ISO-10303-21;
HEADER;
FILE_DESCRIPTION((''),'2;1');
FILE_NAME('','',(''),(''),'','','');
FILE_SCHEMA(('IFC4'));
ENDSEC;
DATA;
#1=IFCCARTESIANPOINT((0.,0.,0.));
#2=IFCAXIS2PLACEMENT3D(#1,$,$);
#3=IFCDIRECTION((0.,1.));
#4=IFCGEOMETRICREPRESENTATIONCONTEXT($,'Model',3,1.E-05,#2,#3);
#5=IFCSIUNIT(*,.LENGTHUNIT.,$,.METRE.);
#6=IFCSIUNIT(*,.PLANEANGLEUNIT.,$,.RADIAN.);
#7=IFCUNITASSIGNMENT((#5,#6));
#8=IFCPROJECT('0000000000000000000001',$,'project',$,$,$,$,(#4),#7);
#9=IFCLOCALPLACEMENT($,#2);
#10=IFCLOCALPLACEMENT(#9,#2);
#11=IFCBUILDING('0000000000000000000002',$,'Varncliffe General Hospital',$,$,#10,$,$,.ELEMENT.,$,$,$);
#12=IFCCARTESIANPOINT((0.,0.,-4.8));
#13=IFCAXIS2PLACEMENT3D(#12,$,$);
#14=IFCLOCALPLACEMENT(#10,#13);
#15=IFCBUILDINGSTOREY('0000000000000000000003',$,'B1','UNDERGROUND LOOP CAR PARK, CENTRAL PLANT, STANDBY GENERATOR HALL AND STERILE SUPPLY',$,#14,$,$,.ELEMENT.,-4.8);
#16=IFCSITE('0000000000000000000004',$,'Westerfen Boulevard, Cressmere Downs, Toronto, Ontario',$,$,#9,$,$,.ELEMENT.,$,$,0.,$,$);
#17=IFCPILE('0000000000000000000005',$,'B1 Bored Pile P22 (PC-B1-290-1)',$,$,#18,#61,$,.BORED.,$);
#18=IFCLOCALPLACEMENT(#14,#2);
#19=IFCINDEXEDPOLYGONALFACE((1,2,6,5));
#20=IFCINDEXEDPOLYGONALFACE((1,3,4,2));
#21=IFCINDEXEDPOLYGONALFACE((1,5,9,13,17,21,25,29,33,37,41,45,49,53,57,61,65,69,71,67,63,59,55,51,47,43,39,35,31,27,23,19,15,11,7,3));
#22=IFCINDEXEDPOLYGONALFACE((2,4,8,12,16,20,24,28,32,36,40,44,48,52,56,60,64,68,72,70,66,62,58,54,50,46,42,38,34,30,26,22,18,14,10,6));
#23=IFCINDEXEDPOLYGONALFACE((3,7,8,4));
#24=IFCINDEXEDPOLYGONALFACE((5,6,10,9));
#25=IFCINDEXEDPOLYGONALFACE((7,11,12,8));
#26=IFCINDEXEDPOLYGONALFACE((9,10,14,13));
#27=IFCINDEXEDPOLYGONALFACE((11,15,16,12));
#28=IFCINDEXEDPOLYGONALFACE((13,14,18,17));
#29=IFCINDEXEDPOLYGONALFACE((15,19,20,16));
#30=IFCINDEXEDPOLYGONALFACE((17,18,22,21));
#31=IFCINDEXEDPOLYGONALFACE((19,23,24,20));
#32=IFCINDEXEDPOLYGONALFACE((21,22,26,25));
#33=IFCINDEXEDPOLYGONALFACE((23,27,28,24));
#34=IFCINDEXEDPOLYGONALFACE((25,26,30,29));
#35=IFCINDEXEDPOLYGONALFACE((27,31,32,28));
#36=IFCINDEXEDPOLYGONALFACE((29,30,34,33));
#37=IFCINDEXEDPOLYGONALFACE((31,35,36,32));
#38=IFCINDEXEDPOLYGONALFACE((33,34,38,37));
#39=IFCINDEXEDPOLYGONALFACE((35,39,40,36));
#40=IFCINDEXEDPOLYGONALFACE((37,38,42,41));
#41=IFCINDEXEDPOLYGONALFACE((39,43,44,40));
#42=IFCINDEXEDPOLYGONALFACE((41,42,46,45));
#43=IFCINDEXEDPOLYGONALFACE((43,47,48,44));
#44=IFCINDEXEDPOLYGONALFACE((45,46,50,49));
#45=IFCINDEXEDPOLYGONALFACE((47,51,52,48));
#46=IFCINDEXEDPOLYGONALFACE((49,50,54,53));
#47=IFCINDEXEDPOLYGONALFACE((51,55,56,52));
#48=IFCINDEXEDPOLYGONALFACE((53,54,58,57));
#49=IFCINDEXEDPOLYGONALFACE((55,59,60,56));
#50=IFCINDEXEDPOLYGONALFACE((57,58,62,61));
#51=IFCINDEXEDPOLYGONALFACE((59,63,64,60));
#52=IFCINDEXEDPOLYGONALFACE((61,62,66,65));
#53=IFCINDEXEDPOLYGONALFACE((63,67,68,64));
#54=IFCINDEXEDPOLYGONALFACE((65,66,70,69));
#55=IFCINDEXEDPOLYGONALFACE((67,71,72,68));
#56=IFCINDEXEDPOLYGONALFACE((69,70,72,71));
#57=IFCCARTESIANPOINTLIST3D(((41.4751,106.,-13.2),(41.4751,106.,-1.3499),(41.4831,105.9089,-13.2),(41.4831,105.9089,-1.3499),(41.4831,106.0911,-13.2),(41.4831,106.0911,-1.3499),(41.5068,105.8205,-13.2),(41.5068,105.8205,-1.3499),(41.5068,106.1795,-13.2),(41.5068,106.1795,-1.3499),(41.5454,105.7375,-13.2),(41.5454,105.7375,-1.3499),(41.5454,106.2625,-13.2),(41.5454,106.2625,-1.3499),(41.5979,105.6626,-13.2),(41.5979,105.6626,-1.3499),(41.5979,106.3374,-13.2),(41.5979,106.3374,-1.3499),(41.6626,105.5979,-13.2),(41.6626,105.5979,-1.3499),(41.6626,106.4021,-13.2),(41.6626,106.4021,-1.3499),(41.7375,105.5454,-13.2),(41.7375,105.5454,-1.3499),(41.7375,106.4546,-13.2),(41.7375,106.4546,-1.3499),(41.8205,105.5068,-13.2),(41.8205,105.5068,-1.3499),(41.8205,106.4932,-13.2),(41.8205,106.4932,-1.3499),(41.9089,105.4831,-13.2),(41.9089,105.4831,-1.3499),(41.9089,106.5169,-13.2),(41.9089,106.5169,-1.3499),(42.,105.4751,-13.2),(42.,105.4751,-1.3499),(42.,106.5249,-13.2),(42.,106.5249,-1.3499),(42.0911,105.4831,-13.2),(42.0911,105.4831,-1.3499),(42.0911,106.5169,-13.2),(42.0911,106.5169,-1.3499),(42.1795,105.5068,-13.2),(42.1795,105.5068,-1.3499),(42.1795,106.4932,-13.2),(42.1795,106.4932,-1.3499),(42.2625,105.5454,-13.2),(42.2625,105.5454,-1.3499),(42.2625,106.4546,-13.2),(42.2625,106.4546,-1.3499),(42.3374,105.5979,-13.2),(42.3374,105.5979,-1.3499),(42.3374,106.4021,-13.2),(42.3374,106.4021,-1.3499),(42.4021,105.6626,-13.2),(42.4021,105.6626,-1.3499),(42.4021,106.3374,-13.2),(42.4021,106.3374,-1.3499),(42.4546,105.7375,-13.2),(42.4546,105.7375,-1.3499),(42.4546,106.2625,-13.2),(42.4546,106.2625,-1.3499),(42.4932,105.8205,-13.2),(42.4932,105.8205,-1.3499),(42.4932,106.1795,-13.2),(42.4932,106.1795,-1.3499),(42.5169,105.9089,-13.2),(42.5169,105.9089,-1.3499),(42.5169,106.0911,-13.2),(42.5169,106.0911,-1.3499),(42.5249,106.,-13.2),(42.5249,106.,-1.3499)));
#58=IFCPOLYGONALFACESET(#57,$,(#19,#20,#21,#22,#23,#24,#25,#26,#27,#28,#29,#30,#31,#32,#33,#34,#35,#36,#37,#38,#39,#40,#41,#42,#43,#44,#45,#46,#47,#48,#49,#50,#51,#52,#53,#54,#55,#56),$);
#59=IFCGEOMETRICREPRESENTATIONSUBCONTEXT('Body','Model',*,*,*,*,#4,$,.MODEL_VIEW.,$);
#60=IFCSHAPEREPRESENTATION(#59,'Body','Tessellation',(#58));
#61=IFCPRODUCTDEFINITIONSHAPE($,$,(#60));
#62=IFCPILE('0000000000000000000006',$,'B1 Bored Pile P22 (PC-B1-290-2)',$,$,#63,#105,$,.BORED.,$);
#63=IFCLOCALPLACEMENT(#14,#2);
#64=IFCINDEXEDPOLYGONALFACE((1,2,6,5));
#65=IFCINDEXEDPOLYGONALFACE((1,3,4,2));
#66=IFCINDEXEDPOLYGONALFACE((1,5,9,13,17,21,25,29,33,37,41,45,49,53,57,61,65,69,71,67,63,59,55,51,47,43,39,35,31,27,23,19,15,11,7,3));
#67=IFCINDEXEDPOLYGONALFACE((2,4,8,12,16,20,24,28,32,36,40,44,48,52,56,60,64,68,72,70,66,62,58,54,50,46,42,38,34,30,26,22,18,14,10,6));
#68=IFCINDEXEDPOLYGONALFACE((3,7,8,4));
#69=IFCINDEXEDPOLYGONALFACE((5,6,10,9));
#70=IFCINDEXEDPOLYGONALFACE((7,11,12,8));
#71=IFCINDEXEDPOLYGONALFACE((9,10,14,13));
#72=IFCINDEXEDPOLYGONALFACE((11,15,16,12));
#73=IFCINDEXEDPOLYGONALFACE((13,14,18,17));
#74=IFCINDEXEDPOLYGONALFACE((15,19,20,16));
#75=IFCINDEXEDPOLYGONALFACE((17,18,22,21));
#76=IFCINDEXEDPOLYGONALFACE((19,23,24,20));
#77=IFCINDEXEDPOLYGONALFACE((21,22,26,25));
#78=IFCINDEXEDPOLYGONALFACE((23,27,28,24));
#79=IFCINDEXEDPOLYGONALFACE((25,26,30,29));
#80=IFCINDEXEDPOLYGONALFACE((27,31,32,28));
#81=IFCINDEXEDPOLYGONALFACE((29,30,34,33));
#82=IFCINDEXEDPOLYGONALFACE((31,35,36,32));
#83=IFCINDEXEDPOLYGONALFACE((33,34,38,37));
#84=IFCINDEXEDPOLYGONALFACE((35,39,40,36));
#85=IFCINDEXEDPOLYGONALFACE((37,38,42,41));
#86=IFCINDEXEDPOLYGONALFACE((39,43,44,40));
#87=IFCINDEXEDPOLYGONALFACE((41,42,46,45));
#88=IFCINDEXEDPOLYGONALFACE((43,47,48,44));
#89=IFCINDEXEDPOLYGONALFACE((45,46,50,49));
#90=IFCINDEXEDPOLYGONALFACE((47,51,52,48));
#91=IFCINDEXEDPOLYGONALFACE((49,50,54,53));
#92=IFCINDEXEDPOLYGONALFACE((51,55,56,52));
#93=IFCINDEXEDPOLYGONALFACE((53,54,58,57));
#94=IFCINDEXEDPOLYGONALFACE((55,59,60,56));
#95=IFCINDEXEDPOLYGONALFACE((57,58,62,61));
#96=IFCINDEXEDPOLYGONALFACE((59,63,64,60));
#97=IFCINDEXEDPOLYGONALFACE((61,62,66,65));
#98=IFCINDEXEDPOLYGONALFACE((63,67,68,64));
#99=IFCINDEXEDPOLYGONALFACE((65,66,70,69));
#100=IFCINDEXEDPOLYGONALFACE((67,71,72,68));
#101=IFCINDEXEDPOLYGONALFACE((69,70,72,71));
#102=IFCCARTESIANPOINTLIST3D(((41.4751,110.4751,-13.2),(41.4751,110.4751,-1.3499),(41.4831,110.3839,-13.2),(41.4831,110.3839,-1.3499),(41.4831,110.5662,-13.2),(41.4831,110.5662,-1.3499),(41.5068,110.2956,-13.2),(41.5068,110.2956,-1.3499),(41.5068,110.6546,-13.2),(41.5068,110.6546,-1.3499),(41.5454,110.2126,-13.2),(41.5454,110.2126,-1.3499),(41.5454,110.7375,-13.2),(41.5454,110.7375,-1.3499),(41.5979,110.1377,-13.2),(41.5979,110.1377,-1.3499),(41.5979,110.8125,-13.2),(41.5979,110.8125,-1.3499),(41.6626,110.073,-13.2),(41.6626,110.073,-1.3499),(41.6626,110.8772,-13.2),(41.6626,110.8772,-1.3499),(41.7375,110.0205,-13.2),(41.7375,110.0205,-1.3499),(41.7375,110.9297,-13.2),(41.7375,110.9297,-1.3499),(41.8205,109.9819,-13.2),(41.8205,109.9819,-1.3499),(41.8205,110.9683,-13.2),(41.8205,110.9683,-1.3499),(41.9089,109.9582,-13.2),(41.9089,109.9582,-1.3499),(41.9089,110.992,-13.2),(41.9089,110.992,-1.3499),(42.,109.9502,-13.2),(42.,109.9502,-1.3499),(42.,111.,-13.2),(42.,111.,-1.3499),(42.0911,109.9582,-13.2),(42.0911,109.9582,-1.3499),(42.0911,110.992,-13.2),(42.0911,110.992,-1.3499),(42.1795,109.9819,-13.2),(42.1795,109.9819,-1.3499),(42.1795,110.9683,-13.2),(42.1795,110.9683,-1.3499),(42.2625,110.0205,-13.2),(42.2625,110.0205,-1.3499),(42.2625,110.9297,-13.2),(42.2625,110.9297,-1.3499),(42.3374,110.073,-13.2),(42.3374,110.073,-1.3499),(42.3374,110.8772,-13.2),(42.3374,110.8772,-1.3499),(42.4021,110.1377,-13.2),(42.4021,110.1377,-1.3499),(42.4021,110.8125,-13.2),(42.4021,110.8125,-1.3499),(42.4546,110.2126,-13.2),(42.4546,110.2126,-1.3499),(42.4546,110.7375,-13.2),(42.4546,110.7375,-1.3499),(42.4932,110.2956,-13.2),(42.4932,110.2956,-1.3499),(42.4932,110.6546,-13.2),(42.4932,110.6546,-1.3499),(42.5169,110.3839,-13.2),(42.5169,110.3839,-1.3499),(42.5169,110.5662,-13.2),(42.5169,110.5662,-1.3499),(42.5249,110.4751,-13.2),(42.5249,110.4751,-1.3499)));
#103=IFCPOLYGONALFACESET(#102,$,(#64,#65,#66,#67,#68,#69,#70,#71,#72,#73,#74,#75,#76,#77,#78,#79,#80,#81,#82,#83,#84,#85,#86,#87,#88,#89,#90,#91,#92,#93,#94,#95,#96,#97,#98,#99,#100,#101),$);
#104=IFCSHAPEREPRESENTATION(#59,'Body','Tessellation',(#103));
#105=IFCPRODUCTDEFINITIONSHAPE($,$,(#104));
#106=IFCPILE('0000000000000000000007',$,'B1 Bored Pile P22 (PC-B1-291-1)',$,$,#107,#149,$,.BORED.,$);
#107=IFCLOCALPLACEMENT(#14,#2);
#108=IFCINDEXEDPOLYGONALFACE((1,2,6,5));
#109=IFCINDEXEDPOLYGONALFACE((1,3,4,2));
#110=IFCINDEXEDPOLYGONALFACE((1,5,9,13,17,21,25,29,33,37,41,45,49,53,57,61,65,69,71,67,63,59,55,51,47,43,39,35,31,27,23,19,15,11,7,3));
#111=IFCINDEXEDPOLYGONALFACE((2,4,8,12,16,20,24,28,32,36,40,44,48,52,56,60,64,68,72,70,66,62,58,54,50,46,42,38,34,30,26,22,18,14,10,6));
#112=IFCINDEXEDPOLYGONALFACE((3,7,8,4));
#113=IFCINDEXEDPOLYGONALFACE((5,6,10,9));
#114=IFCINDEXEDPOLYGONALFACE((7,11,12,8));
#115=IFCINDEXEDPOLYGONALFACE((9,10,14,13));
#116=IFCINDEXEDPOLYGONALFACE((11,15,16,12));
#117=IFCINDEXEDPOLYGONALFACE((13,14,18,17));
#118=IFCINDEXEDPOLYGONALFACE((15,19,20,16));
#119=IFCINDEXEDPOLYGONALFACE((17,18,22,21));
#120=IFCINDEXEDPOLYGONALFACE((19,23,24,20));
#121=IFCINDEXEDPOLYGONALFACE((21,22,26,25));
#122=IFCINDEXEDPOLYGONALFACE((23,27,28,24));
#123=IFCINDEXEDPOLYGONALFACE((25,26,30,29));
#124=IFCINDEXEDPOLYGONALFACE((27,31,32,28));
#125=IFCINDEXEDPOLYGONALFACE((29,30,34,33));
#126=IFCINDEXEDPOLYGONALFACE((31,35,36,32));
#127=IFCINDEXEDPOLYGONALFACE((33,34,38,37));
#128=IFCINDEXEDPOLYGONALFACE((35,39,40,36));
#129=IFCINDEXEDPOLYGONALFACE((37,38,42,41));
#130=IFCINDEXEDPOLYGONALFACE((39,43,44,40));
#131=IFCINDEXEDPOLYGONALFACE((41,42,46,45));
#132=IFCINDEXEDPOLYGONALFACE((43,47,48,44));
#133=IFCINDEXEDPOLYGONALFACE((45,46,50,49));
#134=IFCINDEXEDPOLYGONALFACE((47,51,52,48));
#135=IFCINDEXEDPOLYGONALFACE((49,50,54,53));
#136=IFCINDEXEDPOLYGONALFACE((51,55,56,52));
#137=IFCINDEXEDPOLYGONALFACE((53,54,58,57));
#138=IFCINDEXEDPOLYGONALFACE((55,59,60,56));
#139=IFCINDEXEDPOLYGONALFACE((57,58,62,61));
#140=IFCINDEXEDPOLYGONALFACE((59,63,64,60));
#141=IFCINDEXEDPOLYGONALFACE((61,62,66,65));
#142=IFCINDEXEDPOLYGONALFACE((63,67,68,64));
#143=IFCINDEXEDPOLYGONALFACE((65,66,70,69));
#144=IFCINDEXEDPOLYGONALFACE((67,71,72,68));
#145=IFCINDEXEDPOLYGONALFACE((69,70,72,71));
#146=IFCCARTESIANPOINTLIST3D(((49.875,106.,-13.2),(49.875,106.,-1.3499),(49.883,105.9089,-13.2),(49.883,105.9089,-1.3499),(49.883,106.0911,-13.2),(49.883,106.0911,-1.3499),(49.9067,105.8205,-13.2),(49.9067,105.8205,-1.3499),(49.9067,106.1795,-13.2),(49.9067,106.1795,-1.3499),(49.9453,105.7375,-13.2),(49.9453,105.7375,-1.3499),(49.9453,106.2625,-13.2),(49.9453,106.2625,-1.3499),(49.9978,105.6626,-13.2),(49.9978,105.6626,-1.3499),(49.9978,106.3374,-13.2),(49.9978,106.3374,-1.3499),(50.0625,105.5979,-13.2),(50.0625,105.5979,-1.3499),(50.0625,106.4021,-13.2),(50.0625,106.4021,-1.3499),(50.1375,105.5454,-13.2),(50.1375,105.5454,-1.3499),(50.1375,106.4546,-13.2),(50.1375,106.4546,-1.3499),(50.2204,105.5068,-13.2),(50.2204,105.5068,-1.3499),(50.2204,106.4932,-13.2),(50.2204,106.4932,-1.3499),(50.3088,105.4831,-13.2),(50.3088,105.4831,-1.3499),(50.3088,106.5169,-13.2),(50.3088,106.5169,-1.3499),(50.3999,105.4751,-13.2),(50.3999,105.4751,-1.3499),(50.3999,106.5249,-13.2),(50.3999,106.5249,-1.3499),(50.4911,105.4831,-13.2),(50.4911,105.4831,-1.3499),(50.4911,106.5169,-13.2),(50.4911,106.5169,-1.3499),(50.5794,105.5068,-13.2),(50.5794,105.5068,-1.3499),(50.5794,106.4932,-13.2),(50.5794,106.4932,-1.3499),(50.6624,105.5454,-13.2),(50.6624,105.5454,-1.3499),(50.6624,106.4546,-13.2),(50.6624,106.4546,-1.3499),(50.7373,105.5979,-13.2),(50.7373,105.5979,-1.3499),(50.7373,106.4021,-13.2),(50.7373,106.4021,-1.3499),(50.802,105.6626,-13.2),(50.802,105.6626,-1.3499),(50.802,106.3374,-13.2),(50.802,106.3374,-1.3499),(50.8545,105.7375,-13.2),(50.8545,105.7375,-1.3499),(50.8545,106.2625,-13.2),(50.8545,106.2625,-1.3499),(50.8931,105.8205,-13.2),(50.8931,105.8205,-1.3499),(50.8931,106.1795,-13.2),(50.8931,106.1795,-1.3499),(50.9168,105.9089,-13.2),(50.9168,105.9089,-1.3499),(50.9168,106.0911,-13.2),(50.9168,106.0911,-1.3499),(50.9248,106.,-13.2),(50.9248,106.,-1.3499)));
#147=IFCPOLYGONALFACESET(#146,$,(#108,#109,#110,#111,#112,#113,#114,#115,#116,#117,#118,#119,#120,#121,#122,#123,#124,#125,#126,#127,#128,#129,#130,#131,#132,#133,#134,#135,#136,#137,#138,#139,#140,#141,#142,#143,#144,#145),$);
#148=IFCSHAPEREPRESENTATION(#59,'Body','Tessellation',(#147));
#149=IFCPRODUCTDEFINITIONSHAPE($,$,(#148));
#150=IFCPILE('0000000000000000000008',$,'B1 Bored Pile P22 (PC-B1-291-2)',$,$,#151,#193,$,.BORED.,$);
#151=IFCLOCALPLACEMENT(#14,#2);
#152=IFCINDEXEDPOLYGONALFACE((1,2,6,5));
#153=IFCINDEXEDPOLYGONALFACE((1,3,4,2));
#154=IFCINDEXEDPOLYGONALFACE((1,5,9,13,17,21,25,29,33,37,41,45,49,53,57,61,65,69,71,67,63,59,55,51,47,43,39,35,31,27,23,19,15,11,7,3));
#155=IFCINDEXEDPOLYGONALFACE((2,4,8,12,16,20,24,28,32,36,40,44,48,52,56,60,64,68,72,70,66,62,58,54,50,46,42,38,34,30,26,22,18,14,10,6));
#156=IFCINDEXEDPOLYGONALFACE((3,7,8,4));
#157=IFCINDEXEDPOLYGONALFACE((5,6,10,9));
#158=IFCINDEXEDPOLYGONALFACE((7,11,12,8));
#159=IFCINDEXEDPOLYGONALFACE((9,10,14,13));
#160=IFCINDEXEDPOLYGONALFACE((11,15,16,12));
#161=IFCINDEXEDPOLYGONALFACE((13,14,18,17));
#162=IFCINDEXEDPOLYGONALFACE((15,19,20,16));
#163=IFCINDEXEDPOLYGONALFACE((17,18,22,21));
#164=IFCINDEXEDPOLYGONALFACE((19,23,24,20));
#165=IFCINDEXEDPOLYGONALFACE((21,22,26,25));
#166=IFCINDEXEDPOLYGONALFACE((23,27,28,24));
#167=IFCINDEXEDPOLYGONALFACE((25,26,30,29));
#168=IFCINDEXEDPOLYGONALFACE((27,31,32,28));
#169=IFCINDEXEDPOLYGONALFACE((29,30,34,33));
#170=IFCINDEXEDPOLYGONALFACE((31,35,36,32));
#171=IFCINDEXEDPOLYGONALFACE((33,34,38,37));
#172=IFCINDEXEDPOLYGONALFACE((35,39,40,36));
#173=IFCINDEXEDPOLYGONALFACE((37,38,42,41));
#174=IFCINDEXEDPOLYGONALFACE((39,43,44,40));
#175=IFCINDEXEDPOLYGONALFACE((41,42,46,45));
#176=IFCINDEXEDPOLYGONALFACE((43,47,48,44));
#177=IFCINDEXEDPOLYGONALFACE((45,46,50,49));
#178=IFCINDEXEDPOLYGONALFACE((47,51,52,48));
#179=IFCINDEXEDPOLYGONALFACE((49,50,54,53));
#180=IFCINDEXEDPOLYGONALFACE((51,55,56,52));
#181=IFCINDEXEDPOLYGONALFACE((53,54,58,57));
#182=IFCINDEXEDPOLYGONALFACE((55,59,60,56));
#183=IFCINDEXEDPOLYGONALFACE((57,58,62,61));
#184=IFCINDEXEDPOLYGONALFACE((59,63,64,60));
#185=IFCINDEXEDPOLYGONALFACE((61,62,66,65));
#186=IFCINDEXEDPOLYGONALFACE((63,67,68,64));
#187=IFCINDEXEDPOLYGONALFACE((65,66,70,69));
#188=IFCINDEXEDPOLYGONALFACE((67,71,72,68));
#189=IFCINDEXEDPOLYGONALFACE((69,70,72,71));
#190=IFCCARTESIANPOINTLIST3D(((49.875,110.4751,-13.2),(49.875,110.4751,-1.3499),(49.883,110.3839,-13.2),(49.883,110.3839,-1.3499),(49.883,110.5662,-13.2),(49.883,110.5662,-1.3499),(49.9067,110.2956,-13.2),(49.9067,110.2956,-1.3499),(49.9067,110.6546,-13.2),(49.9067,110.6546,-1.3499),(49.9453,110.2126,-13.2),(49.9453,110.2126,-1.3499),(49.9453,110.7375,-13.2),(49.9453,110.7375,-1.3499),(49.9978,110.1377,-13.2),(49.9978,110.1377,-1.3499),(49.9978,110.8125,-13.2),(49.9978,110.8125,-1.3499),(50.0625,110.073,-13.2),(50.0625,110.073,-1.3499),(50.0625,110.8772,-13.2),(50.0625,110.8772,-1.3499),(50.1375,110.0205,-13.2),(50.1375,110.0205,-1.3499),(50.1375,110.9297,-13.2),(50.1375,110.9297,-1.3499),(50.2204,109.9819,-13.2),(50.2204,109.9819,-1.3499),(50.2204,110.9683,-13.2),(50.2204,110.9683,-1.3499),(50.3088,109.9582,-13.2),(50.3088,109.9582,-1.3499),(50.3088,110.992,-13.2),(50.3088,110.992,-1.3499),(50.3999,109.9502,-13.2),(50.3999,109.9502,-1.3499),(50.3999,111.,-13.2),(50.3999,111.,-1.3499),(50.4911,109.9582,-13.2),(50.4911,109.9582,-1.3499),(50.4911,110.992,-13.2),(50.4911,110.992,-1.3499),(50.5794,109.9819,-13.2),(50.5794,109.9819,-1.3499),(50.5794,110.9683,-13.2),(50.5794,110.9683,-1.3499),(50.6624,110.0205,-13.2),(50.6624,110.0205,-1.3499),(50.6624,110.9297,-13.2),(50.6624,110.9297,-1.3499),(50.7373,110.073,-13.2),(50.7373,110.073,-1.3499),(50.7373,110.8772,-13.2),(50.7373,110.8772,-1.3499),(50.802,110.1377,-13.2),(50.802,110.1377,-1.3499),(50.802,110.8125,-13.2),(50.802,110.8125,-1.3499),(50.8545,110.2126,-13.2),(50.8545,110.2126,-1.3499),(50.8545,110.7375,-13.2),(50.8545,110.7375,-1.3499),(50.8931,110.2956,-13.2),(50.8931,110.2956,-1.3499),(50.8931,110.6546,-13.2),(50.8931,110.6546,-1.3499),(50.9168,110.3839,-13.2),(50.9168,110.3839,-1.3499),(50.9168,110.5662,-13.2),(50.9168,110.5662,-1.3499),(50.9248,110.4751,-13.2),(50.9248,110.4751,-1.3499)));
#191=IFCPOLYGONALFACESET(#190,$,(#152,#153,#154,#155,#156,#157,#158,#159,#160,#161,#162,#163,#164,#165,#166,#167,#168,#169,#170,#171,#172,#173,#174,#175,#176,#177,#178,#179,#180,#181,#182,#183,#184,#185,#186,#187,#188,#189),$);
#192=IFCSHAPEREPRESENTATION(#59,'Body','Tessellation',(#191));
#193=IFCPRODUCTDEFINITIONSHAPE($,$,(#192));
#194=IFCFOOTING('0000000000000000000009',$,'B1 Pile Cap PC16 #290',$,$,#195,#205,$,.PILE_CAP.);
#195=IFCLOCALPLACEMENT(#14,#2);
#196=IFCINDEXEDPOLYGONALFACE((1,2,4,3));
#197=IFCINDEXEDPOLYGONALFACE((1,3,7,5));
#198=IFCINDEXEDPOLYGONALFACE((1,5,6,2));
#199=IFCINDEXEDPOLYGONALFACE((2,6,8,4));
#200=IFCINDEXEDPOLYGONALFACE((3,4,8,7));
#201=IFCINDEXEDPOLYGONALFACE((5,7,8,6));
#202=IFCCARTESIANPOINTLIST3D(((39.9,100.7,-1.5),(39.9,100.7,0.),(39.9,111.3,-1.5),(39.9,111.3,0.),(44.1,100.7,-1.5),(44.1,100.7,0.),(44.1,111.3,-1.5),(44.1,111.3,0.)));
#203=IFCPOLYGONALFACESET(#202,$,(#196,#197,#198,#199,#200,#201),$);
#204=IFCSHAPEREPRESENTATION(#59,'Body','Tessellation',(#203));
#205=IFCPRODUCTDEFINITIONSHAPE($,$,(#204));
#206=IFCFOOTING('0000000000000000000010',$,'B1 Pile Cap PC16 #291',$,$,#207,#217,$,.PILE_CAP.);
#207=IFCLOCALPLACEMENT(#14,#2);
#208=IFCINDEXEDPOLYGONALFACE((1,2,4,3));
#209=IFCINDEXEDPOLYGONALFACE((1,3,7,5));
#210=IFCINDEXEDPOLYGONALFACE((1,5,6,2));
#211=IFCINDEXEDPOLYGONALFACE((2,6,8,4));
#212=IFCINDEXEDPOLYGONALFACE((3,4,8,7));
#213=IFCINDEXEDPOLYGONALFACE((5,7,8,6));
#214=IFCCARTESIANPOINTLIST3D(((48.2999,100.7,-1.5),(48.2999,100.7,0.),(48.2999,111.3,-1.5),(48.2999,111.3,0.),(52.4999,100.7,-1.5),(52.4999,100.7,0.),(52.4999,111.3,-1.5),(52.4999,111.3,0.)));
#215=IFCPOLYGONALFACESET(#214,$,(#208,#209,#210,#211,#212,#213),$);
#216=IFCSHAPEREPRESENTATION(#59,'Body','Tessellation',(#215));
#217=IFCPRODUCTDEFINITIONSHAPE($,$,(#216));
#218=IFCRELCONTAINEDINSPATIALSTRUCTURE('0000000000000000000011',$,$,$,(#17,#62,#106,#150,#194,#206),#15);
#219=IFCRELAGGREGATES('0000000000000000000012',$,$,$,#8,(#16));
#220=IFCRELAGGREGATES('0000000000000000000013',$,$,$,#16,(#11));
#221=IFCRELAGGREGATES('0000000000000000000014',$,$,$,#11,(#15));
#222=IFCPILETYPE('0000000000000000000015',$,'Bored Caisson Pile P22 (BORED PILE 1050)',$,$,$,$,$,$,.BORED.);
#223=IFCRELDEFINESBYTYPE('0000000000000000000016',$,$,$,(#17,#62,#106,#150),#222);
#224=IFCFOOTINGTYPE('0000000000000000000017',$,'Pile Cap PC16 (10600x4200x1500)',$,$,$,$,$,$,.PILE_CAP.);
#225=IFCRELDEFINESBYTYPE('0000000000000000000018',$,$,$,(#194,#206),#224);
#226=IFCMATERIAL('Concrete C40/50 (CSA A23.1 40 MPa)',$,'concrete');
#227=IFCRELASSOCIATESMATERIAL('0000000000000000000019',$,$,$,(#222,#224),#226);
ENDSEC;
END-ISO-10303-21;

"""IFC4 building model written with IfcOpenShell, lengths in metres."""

from ifc_helpers import new_model, si_unit, direction, frame, origin, origin_2d, place, context, subcontext, project, spatial, rectangle, circle, extrude, material, material_profile, profile_set, type_object, element, save


model = new_model("IFC4")

# Units and contexts
model_context = context("Model", 3, precision=1e-05, world=origin(), true_north=direction((0.0, 1.0)))
body_context = subcontext(model_context, "Body", "Model", "MODEL_VIEW")
ifc_project = project(units=[si_unit("LENGTHUNIT", "METRE"), si_unit("PLANEANGLEUNIT", "RADIAN")], contexts=[model_context])

# Site, building, storey
site_placement = place(None, origin())
site = spatial("IfcSite", under=ifc_project, at=site_placement, Name="Westerfen Boulevard, Cressmere Downs, Toronto, Ontario", CompositionType="ELEMENT", RefElevation=0.0)
building_placement = place(site_placement, origin())
building = spatial("IfcBuilding", under=site, at=building_placement, Name="Varncliffe General Hospital", CompositionType="ELEMENT")
storey_placement = place(building_placement, frame((0.0, 0.0, -4.8)))
storey = spatial("IfcBuildingStorey", under=building, at=storey_placement, Name="B1", Description="UNDERGROUND LOOP CAR PARK, CENTRAL PLANT, STANDBY GENERATOR HALL AND STERILE SUPPLY", CompositionType="ELEMENT", Elevation=-4.8)

# Piles
ifc_material_1 = material(Name="Concrete C40/50 (CSA A23.1 40 MPa)", Category="concrete")
ifc_material_profile_1 = material_profile(ifc_material_1, circle(Radius=0.5249, at=origin_2d()), Name="BORED PILE 1050")
ifc_profile_set_1 = profile_set([ifc_material_profile_1], Name="Concrete C40/50 (CSA A23.1 40 MPa)")
pile_type = type_object("IfcPileType", Name="Bored Caisson Pile P22 (BORED PILE 1050)", PredefinedType="BORED", material=ifc_profile_set_1)
for number, where, z_axis, x_axis, name in (
    (1, (42.0, 106.0, -1.3499), (0.0, 0.0, -1.0), (1.0, 0.0, 0.0), "B1 Bored Pile P22 (PC-B1-290-1)"),
    (2, (42.0, 110.4751, -1.3499), (0.0, 0.0, -1.0), (1.0, 0.0, 0.0), "B1 Bored Pile P22 (PC-B1-290-2)"),
    (3, (50.3999, 106.0, -1.3499), (0.0, 0.0, -1.0), (1.0, 0.0, 0.0), "B1 Bored Pile P22 (PC-B1-291-1)"),
    (4, (50.3999, 110.4751, -1.3499), (0.0, 0.0, -1.0), (1.0, 0.0, 0.0), "B1 Bored Pile P22 (PC-B1-291-2)"),
):
    element("IfcPile", number, at=place(storey_placement, frame(where, z_axis=z_axis, x_axis=x_axis)), inside=storey, type_object=pile_type, Name=name, PredefinedType="BORED", context=body_context, shape_type="SweptSolid", body=[
        extrude(circle(Radius=0.5249, at=origin_2d()), origin(), (0.0, 0.0, 1.0), 11.8501),
    ])

# Footings
footing_type = type_object("IfcFootingType", Name="Pile Cap PC16 (10600x4200x1500)", PredefinedType="PILE_CAP", material=ifc_material_1)
for number, where, z_axis, x_axis, name in (
    (5, (42.0, 106.0, -1.5), (0.0, 0.0, 1.0), (1.0, 0.0, 0.0), "B1 Pile Cap PC16 #290"),
    (6, (50.3999, 106.0, -1.5), (0.0, 0.0, 1.0), (1.0, 0.0, 0.0), "B1 Pile Cap PC16 #291"),
):
    element("IfcFooting", number, at=place(storey_placement, frame(where, z_axis=z_axis, x_axis=x_axis)), inside=storey, type_object=footing_type, Name=name, PredefinedType="PILE_CAP", context=body_context, shape_type="SweptSolid", body=[
        extrude(rectangle(XDim=4.2, YDim=10.6001, at=origin_2d()), origin(), (0.0, 0.0, 1.0), 1.5),
    ])

save(model, "model.ifc")
